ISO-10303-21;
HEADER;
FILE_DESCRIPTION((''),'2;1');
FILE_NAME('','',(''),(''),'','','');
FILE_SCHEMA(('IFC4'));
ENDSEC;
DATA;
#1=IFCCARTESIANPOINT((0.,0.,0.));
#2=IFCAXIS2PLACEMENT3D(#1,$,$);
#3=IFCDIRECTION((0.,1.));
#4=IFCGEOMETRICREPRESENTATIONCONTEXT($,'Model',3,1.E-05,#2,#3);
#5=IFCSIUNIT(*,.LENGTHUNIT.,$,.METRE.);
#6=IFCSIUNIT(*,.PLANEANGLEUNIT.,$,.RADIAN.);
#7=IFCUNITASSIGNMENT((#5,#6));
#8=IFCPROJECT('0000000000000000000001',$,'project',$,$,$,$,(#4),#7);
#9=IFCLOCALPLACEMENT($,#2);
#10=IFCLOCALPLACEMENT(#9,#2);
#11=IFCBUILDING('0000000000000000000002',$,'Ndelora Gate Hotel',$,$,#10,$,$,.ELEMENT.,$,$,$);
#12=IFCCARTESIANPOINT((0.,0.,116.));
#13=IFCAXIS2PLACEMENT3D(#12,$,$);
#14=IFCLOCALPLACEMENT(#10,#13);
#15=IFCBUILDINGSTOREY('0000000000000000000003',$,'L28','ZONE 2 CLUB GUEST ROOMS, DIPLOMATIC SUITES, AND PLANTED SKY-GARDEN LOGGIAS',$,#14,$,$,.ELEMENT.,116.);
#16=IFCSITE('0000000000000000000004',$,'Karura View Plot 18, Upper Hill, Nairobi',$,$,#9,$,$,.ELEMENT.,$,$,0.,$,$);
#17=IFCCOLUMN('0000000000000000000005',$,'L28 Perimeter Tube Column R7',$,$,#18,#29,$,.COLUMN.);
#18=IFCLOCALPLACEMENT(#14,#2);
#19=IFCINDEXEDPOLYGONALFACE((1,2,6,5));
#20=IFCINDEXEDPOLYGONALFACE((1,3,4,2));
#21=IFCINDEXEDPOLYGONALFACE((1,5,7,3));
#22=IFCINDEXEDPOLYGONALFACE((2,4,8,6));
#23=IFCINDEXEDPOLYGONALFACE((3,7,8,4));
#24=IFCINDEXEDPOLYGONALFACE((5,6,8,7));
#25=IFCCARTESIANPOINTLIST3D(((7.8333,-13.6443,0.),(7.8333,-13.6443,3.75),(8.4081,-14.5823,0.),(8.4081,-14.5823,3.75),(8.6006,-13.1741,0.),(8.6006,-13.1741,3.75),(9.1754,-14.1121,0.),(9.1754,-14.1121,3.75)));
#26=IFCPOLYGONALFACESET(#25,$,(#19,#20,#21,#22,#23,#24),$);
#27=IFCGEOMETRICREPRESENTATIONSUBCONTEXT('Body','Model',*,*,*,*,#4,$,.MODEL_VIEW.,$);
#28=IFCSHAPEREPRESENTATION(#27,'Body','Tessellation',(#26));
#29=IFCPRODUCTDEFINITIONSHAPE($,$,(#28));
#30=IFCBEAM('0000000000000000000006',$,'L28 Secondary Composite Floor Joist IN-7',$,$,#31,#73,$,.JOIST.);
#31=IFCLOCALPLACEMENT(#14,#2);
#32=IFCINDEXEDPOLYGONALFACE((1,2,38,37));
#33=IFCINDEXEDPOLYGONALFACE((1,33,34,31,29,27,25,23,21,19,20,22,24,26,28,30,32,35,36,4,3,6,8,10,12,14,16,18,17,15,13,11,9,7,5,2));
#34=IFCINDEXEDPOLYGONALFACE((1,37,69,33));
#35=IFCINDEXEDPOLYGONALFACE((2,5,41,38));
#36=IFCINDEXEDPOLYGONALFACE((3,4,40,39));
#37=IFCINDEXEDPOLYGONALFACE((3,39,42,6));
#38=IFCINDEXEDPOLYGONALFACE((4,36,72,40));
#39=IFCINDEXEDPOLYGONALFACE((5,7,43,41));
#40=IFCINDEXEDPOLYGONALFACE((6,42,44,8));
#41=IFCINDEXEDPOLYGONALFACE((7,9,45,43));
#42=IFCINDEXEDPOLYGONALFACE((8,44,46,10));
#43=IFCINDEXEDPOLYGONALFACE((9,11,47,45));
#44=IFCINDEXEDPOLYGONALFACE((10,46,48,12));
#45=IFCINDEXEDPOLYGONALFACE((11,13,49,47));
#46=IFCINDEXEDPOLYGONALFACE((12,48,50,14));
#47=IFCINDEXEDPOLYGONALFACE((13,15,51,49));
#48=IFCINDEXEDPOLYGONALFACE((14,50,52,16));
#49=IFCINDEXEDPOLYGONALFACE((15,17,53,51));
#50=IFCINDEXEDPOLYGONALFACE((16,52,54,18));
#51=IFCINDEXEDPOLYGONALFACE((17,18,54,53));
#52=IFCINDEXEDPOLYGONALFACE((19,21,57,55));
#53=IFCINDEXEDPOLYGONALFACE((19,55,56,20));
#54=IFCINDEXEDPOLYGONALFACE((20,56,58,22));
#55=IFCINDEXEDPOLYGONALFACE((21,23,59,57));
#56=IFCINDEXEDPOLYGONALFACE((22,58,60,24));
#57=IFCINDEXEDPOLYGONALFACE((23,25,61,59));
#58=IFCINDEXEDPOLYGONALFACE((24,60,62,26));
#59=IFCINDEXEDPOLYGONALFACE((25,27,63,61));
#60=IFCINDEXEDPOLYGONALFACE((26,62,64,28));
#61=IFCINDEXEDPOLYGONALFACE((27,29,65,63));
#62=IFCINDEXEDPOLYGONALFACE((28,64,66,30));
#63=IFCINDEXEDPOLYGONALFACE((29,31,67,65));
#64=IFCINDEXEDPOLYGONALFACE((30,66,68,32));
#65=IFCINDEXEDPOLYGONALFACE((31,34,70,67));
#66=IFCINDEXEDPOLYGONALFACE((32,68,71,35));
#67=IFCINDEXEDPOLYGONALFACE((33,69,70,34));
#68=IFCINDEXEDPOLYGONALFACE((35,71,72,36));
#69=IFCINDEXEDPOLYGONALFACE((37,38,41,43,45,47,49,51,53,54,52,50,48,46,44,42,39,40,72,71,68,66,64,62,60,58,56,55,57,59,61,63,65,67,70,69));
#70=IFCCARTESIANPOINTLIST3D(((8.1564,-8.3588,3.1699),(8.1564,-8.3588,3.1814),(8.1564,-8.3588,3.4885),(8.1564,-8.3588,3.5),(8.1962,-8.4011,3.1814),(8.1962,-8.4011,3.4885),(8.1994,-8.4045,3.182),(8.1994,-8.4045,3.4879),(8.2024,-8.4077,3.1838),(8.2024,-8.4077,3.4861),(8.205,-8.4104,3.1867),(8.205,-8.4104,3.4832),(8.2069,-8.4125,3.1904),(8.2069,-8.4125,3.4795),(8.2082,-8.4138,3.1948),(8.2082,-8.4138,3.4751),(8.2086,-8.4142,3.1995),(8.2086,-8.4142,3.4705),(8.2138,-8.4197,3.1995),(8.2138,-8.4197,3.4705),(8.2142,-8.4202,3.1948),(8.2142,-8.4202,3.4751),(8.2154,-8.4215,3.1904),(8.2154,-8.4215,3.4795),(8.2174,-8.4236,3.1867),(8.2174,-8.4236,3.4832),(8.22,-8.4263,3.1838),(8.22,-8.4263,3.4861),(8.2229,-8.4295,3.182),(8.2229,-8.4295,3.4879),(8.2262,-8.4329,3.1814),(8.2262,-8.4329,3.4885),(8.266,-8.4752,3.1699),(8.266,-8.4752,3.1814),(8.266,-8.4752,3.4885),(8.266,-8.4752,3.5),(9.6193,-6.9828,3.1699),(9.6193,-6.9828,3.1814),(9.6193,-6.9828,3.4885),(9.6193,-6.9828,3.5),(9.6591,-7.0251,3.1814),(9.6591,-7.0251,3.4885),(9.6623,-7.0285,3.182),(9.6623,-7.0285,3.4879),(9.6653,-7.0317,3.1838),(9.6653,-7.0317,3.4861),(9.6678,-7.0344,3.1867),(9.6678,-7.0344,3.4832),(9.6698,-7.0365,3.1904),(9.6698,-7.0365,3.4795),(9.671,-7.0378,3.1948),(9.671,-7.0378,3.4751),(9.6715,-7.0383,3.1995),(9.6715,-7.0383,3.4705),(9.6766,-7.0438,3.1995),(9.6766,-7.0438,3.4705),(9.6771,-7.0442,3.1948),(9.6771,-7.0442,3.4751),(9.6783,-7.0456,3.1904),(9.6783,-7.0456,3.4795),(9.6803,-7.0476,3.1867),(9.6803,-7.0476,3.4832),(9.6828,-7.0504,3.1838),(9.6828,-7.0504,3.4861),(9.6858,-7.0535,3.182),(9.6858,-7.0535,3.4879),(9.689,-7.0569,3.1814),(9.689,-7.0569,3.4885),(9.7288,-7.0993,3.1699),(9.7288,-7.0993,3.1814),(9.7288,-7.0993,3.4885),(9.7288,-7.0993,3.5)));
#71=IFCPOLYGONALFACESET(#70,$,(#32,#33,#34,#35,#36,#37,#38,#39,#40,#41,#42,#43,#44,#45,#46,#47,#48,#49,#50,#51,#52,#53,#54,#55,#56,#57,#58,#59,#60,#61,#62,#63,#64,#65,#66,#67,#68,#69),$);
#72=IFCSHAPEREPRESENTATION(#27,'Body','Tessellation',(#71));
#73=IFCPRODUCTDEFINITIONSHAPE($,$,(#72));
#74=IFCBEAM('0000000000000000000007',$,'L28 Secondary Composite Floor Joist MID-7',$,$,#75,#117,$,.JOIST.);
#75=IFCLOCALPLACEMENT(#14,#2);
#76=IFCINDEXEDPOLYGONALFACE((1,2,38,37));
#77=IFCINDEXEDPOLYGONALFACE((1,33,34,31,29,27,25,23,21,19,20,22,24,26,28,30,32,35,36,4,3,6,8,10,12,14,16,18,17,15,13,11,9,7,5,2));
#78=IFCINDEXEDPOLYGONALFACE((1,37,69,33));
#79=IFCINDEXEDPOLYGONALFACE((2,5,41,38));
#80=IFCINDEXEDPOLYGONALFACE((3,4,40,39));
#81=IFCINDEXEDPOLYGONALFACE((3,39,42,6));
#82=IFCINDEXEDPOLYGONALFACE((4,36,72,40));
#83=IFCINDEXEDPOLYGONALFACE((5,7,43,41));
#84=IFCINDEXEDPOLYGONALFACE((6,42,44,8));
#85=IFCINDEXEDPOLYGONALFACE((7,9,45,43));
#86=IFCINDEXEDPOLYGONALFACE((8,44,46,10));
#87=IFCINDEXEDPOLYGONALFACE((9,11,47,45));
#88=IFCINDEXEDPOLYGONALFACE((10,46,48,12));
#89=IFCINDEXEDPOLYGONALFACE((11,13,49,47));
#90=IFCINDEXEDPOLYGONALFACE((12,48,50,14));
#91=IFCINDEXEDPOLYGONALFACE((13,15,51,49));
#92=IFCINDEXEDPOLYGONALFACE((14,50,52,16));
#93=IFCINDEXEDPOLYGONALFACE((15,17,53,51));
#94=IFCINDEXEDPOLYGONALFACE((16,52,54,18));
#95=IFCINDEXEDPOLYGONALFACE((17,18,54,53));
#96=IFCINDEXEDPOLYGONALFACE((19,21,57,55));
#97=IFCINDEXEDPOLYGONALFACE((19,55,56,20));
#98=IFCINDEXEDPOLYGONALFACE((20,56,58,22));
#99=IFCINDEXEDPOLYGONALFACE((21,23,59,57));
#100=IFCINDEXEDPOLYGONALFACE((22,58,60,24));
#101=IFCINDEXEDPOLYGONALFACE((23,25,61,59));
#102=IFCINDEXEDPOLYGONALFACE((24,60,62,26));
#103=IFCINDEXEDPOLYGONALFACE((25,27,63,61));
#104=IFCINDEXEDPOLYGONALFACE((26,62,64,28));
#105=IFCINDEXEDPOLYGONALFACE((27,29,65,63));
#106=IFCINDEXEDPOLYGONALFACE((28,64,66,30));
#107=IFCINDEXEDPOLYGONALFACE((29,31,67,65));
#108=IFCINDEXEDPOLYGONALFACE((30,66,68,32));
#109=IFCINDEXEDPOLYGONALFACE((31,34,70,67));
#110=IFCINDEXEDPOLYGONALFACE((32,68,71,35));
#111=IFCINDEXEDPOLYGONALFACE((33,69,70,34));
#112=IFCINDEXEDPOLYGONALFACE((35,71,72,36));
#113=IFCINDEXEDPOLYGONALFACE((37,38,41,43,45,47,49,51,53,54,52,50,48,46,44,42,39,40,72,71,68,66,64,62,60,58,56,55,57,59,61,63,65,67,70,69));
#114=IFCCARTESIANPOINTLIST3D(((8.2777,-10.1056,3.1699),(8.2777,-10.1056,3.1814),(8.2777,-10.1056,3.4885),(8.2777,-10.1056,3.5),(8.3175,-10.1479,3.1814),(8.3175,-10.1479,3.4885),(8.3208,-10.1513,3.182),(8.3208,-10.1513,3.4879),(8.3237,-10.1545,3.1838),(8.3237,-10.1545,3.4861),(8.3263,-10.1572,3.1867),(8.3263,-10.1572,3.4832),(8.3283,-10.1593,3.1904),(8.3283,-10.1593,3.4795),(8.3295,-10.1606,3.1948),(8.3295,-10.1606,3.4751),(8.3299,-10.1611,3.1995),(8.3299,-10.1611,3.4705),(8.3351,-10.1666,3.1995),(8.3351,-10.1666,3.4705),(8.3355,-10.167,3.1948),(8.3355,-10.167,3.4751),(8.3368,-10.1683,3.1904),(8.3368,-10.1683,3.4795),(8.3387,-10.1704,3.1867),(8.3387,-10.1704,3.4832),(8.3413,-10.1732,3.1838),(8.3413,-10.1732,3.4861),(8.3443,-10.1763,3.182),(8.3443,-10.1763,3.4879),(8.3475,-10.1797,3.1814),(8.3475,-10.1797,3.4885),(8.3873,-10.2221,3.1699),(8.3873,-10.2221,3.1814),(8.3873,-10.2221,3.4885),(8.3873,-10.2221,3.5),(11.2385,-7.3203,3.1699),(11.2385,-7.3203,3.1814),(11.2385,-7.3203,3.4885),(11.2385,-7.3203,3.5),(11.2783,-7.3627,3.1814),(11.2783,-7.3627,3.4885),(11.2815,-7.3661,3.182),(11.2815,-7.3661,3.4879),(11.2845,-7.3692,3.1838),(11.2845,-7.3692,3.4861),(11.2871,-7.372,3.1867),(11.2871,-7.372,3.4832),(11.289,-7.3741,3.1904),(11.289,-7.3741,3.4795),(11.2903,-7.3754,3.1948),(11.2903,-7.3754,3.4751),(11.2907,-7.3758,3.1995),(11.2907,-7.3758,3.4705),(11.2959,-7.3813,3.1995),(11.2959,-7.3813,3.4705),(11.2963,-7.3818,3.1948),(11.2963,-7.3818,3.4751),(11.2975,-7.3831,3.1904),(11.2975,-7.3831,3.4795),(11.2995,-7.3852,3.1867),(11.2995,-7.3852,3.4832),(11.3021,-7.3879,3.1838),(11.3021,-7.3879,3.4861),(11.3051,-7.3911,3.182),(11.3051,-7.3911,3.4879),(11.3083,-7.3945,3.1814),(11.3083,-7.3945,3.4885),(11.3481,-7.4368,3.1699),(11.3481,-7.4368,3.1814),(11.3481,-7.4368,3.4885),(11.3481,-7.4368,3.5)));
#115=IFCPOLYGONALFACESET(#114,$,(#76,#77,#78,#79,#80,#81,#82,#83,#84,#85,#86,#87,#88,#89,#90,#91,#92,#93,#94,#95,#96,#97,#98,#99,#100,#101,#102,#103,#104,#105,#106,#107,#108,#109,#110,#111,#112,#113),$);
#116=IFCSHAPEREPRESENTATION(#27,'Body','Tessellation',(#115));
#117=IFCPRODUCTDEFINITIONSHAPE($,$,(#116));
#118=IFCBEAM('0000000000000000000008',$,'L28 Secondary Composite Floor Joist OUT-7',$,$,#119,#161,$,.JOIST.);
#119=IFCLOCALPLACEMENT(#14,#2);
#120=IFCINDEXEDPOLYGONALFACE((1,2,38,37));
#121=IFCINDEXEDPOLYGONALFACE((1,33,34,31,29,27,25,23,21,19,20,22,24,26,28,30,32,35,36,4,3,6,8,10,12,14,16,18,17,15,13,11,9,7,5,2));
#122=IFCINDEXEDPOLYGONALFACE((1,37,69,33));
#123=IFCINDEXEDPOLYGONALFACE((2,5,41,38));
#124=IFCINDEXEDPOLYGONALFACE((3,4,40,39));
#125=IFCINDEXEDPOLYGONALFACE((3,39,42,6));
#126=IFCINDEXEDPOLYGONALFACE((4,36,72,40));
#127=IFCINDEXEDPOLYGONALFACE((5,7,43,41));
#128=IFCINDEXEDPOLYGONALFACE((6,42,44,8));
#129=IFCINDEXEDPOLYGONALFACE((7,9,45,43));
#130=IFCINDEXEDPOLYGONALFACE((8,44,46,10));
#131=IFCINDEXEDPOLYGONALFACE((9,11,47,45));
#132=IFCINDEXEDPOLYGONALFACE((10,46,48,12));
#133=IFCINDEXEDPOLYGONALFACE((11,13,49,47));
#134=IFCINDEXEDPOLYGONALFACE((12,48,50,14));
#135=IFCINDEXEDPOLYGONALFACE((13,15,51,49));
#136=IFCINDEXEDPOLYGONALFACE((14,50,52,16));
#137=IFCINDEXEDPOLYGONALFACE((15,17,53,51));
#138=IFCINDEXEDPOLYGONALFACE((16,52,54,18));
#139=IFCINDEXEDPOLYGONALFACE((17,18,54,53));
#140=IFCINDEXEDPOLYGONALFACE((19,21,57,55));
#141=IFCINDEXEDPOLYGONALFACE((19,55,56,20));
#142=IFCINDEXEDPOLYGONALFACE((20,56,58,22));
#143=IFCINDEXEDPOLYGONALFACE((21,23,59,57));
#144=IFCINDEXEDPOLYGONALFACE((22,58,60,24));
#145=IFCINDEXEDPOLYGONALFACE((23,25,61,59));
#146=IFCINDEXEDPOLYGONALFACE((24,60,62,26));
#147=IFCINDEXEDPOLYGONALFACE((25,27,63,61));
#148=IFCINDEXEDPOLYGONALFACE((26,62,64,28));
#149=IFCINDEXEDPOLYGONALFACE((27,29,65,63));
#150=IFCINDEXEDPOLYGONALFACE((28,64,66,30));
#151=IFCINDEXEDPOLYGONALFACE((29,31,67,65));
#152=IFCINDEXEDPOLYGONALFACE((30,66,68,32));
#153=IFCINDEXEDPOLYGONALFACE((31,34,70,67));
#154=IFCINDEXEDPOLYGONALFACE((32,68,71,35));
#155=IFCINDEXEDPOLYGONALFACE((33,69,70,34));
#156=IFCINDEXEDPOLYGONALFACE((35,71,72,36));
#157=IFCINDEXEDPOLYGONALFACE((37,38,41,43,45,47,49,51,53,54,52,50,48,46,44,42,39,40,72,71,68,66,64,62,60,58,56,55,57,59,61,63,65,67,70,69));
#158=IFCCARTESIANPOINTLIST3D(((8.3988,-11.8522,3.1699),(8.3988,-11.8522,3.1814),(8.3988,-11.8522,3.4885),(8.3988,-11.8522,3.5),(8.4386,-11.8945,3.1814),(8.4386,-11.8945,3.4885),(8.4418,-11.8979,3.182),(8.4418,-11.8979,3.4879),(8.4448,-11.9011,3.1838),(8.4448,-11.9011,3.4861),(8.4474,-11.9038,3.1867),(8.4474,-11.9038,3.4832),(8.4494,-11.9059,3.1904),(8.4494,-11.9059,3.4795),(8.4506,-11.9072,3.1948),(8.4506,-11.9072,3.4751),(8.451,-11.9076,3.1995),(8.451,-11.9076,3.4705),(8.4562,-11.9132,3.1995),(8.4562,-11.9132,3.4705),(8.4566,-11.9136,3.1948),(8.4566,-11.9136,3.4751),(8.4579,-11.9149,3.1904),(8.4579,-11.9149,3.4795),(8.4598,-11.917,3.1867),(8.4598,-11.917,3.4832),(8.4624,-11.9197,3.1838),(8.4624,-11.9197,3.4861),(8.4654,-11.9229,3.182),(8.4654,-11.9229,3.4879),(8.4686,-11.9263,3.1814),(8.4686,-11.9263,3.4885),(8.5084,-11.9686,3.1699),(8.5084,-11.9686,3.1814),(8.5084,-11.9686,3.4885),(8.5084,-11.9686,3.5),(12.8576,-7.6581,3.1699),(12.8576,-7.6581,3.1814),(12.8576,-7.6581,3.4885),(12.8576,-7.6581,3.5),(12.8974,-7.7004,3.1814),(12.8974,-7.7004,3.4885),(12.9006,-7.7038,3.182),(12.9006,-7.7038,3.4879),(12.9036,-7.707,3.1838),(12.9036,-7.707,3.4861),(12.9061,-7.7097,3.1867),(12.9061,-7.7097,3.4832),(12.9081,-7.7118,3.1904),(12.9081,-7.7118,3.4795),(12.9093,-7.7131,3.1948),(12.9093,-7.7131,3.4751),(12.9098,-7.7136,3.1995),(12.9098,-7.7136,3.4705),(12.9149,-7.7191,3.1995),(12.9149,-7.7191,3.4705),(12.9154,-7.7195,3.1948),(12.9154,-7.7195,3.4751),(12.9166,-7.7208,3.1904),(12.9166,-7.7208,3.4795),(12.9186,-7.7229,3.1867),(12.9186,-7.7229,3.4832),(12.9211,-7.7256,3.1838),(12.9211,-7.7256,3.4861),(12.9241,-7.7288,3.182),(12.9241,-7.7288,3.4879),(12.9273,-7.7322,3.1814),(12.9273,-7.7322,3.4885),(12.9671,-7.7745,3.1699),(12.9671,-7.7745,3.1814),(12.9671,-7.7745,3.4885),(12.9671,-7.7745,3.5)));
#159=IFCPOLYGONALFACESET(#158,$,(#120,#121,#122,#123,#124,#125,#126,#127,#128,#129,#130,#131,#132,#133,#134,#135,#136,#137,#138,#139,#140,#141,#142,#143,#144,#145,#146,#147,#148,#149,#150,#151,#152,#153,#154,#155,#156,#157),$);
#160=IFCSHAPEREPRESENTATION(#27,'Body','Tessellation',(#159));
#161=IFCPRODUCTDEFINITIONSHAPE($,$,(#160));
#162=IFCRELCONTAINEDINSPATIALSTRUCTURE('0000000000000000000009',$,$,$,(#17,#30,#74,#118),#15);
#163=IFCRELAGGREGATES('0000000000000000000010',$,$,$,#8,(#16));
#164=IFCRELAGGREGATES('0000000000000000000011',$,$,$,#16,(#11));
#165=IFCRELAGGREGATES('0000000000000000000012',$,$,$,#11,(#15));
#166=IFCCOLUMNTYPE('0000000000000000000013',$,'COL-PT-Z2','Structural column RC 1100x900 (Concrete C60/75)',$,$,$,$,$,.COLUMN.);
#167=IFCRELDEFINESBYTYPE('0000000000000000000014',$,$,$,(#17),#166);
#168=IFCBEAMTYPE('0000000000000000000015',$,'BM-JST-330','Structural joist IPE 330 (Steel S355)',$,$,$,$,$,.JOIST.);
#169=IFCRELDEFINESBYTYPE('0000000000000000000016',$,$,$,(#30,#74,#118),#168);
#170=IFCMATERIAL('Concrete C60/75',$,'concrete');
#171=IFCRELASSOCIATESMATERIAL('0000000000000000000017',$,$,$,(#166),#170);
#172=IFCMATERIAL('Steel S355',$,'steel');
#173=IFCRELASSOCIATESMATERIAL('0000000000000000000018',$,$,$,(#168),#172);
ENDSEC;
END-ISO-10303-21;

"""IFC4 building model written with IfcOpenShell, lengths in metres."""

from ifc_helpers import new_model, si_unit, direction, frame, origin, origin_2d, place, context, subcontext, project, spatial, rectangle, i_section, extrude, material, material_profile, profile_set, type_object, element, save


model = new_model("IFC4")

# Units and contexts
model_context = context("Model", 3, precision=1e-05, world=origin(), true_north=direction((0.0, 1.0)))
body_context = subcontext(model_context, "Body", "Model", "MODEL_VIEW")
ifc_project = project(units=[si_unit("LENGTHUNIT", "METRE"), si_unit("PLANEANGLEUNIT", "RADIAN")], contexts=[model_context])

# Site, building, storey
site_placement = place(None, origin())
site = spatial("IfcSite", under=ifc_project, at=site_placement, Name="Karura View Plot 18, Upper Hill, Nairobi", CompositionType="ELEMENT", RefElevation=0.0)
building_placement = place(site_placement, origin())
building = spatial("IfcBuilding", under=site, at=building_placement, Name="Ndelora Gate Hotel", CompositionType="ELEMENT")
storey_placement = place(building_placement, frame((0.0, 0.0, 116.0)))
storey = spatial("IfcBuildingStorey", under=building, at=storey_placement, Name="L28", Description="ZONE 2 CLUB GUEST ROOMS, DIPLOMATIC SUITES, AND PLANTED SKY-GARDEN LOGGIAS", CompositionType="ELEMENT", Elevation=116.0)

# Column
ifc_material_1 = material(Name="Concrete C60/75", Category="concrete")
ifc_material_profile_1 = material_profile(ifc_material_1, rectangle(XDim=0.8999, YDim=1.1001, at=origin_2d()), Name="RC 1100x900")
ifc_profile_set_1 = profile_set([ifc_material_profile_1], Name="Concrete C60/75")
column_type = type_object("IfcColumnType", Name="COL-PT-Z2", Description="Structural column RC 1100x900 (Concrete C60/75)", PredefinedType="COLUMN", material=ifc_profile_set_1)
column_placement = place(storey_placement, frame((8.5044, -13.8782, 0.0), z_axis=(0.0, 0.0, 1.0), x_axis=(0.85264, 0.522499, 0.0)))
element("IfcColumn", 1, at=column_placement, inside=storey, type_object=column_type, Name="L28 Perimeter Tube Column R7", PredefinedType="COLUMN", context=body_context, shape_type="SweptSolid", body=[
    extrude(rectangle(XDim=0.8999, YDim=1.1001, at=origin_2d()), origin(), (0.0, 0.0, 1.0), 3.75),
])

# Beams
ifc_material_2 = material(Name="Steel S355", Category="steel")
ifc_material_profile_2 = material_profile(ifc_material_2, i_section(OverallWidth=0.1599, OverallDepth=0.3301, WebThickness=0.0076, FlangeThickness=0.0115, FilletRadius=0.0181, at=origin_2d()), Name="IPE 330")
ifc_profile_set_2 = profile_set([ifc_material_profile_2], Name="Steel S355")
beam_type_1 = type_object("IfcBeamType", Name="BM-JST-330", Description="Structural joist IPE 330 (Steel S355)", PredefinedType="JOIST", material=ifc_profile_set_2)
beam_1_placement = place(storey_placement, frame((8.2112, -8.417, 3.335), z_axis=(0.728414, 0.685137, 0.0), x_axis=(-0.685137, 0.728414, 0.0)))
element("IfcBeam", 2, at=beam_1_placement, inside=storey, type_object=beam_type_1, Name="L28 Secondary Composite Floor Joist IN-7", PredefinedType="JOIST", context=body_context, shape_type="SweptSolid", body=[
    extrude(i_section(OverallWidth=0.1599, OverallDepth=0.3301, WebThickness=0.0076, FlangeThickness=0.0115, FilletRadius=0.0181, at=origin_2d()), origin(), (0.0, 0.0, 1.0), 2.0083),
])
beam_2_placement = place(storey_placement, frame((8.3325, -10.1638, 3.335), z_axis=(0.728369, 0.685185, 0.0), x_axis=(-0.685185, 0.728369, 0.0)))
element("IfcBeam", 3, at=beam_2_placement, inside=storey, type_object=beam_type_1, Name="L28 Secondary Composite Floor Joist MID-7", PredefinedType="JOIST", context=body_context, shape_type="SweptSolid", body=[
    extrude(i_section(OverallWidth=0.1599, OverallDepth=0.3301, WebThickness=0.0076, FlangeThickness=0.0115, FilletRadius=0.0181, at=origin_2d()), origin(), (0.0, 0.0, 1.0), 4.0649),
])
beam_3_placement = place(storey_placement, frame((8.4536, -11.9104, 3.335), z_axis=(0.728393, 0.685159, 0.0), x_axis=(-0.685159, 0.728393, 0.0)))
element("IfcBeam", 4, at=beam_3_placement, inside=storey, type_object=beam_type_1, Name="L28 Secondary Composite Floor Joist OUT-7", PredefinedType="JOIST", context=body_context, shape_type="SweptSolid", body=[
    extrude(i_section(OverallWidth=0.1599, OverallDepth=0.3301, WebThickness=0.0076, FlangeThickness=0.0115, FilletRadius=0.0181, at=origin_2d()), origin(), (0.0, 0.0, 1.0), 6.1213),
])

save(model, "model.ifc")
